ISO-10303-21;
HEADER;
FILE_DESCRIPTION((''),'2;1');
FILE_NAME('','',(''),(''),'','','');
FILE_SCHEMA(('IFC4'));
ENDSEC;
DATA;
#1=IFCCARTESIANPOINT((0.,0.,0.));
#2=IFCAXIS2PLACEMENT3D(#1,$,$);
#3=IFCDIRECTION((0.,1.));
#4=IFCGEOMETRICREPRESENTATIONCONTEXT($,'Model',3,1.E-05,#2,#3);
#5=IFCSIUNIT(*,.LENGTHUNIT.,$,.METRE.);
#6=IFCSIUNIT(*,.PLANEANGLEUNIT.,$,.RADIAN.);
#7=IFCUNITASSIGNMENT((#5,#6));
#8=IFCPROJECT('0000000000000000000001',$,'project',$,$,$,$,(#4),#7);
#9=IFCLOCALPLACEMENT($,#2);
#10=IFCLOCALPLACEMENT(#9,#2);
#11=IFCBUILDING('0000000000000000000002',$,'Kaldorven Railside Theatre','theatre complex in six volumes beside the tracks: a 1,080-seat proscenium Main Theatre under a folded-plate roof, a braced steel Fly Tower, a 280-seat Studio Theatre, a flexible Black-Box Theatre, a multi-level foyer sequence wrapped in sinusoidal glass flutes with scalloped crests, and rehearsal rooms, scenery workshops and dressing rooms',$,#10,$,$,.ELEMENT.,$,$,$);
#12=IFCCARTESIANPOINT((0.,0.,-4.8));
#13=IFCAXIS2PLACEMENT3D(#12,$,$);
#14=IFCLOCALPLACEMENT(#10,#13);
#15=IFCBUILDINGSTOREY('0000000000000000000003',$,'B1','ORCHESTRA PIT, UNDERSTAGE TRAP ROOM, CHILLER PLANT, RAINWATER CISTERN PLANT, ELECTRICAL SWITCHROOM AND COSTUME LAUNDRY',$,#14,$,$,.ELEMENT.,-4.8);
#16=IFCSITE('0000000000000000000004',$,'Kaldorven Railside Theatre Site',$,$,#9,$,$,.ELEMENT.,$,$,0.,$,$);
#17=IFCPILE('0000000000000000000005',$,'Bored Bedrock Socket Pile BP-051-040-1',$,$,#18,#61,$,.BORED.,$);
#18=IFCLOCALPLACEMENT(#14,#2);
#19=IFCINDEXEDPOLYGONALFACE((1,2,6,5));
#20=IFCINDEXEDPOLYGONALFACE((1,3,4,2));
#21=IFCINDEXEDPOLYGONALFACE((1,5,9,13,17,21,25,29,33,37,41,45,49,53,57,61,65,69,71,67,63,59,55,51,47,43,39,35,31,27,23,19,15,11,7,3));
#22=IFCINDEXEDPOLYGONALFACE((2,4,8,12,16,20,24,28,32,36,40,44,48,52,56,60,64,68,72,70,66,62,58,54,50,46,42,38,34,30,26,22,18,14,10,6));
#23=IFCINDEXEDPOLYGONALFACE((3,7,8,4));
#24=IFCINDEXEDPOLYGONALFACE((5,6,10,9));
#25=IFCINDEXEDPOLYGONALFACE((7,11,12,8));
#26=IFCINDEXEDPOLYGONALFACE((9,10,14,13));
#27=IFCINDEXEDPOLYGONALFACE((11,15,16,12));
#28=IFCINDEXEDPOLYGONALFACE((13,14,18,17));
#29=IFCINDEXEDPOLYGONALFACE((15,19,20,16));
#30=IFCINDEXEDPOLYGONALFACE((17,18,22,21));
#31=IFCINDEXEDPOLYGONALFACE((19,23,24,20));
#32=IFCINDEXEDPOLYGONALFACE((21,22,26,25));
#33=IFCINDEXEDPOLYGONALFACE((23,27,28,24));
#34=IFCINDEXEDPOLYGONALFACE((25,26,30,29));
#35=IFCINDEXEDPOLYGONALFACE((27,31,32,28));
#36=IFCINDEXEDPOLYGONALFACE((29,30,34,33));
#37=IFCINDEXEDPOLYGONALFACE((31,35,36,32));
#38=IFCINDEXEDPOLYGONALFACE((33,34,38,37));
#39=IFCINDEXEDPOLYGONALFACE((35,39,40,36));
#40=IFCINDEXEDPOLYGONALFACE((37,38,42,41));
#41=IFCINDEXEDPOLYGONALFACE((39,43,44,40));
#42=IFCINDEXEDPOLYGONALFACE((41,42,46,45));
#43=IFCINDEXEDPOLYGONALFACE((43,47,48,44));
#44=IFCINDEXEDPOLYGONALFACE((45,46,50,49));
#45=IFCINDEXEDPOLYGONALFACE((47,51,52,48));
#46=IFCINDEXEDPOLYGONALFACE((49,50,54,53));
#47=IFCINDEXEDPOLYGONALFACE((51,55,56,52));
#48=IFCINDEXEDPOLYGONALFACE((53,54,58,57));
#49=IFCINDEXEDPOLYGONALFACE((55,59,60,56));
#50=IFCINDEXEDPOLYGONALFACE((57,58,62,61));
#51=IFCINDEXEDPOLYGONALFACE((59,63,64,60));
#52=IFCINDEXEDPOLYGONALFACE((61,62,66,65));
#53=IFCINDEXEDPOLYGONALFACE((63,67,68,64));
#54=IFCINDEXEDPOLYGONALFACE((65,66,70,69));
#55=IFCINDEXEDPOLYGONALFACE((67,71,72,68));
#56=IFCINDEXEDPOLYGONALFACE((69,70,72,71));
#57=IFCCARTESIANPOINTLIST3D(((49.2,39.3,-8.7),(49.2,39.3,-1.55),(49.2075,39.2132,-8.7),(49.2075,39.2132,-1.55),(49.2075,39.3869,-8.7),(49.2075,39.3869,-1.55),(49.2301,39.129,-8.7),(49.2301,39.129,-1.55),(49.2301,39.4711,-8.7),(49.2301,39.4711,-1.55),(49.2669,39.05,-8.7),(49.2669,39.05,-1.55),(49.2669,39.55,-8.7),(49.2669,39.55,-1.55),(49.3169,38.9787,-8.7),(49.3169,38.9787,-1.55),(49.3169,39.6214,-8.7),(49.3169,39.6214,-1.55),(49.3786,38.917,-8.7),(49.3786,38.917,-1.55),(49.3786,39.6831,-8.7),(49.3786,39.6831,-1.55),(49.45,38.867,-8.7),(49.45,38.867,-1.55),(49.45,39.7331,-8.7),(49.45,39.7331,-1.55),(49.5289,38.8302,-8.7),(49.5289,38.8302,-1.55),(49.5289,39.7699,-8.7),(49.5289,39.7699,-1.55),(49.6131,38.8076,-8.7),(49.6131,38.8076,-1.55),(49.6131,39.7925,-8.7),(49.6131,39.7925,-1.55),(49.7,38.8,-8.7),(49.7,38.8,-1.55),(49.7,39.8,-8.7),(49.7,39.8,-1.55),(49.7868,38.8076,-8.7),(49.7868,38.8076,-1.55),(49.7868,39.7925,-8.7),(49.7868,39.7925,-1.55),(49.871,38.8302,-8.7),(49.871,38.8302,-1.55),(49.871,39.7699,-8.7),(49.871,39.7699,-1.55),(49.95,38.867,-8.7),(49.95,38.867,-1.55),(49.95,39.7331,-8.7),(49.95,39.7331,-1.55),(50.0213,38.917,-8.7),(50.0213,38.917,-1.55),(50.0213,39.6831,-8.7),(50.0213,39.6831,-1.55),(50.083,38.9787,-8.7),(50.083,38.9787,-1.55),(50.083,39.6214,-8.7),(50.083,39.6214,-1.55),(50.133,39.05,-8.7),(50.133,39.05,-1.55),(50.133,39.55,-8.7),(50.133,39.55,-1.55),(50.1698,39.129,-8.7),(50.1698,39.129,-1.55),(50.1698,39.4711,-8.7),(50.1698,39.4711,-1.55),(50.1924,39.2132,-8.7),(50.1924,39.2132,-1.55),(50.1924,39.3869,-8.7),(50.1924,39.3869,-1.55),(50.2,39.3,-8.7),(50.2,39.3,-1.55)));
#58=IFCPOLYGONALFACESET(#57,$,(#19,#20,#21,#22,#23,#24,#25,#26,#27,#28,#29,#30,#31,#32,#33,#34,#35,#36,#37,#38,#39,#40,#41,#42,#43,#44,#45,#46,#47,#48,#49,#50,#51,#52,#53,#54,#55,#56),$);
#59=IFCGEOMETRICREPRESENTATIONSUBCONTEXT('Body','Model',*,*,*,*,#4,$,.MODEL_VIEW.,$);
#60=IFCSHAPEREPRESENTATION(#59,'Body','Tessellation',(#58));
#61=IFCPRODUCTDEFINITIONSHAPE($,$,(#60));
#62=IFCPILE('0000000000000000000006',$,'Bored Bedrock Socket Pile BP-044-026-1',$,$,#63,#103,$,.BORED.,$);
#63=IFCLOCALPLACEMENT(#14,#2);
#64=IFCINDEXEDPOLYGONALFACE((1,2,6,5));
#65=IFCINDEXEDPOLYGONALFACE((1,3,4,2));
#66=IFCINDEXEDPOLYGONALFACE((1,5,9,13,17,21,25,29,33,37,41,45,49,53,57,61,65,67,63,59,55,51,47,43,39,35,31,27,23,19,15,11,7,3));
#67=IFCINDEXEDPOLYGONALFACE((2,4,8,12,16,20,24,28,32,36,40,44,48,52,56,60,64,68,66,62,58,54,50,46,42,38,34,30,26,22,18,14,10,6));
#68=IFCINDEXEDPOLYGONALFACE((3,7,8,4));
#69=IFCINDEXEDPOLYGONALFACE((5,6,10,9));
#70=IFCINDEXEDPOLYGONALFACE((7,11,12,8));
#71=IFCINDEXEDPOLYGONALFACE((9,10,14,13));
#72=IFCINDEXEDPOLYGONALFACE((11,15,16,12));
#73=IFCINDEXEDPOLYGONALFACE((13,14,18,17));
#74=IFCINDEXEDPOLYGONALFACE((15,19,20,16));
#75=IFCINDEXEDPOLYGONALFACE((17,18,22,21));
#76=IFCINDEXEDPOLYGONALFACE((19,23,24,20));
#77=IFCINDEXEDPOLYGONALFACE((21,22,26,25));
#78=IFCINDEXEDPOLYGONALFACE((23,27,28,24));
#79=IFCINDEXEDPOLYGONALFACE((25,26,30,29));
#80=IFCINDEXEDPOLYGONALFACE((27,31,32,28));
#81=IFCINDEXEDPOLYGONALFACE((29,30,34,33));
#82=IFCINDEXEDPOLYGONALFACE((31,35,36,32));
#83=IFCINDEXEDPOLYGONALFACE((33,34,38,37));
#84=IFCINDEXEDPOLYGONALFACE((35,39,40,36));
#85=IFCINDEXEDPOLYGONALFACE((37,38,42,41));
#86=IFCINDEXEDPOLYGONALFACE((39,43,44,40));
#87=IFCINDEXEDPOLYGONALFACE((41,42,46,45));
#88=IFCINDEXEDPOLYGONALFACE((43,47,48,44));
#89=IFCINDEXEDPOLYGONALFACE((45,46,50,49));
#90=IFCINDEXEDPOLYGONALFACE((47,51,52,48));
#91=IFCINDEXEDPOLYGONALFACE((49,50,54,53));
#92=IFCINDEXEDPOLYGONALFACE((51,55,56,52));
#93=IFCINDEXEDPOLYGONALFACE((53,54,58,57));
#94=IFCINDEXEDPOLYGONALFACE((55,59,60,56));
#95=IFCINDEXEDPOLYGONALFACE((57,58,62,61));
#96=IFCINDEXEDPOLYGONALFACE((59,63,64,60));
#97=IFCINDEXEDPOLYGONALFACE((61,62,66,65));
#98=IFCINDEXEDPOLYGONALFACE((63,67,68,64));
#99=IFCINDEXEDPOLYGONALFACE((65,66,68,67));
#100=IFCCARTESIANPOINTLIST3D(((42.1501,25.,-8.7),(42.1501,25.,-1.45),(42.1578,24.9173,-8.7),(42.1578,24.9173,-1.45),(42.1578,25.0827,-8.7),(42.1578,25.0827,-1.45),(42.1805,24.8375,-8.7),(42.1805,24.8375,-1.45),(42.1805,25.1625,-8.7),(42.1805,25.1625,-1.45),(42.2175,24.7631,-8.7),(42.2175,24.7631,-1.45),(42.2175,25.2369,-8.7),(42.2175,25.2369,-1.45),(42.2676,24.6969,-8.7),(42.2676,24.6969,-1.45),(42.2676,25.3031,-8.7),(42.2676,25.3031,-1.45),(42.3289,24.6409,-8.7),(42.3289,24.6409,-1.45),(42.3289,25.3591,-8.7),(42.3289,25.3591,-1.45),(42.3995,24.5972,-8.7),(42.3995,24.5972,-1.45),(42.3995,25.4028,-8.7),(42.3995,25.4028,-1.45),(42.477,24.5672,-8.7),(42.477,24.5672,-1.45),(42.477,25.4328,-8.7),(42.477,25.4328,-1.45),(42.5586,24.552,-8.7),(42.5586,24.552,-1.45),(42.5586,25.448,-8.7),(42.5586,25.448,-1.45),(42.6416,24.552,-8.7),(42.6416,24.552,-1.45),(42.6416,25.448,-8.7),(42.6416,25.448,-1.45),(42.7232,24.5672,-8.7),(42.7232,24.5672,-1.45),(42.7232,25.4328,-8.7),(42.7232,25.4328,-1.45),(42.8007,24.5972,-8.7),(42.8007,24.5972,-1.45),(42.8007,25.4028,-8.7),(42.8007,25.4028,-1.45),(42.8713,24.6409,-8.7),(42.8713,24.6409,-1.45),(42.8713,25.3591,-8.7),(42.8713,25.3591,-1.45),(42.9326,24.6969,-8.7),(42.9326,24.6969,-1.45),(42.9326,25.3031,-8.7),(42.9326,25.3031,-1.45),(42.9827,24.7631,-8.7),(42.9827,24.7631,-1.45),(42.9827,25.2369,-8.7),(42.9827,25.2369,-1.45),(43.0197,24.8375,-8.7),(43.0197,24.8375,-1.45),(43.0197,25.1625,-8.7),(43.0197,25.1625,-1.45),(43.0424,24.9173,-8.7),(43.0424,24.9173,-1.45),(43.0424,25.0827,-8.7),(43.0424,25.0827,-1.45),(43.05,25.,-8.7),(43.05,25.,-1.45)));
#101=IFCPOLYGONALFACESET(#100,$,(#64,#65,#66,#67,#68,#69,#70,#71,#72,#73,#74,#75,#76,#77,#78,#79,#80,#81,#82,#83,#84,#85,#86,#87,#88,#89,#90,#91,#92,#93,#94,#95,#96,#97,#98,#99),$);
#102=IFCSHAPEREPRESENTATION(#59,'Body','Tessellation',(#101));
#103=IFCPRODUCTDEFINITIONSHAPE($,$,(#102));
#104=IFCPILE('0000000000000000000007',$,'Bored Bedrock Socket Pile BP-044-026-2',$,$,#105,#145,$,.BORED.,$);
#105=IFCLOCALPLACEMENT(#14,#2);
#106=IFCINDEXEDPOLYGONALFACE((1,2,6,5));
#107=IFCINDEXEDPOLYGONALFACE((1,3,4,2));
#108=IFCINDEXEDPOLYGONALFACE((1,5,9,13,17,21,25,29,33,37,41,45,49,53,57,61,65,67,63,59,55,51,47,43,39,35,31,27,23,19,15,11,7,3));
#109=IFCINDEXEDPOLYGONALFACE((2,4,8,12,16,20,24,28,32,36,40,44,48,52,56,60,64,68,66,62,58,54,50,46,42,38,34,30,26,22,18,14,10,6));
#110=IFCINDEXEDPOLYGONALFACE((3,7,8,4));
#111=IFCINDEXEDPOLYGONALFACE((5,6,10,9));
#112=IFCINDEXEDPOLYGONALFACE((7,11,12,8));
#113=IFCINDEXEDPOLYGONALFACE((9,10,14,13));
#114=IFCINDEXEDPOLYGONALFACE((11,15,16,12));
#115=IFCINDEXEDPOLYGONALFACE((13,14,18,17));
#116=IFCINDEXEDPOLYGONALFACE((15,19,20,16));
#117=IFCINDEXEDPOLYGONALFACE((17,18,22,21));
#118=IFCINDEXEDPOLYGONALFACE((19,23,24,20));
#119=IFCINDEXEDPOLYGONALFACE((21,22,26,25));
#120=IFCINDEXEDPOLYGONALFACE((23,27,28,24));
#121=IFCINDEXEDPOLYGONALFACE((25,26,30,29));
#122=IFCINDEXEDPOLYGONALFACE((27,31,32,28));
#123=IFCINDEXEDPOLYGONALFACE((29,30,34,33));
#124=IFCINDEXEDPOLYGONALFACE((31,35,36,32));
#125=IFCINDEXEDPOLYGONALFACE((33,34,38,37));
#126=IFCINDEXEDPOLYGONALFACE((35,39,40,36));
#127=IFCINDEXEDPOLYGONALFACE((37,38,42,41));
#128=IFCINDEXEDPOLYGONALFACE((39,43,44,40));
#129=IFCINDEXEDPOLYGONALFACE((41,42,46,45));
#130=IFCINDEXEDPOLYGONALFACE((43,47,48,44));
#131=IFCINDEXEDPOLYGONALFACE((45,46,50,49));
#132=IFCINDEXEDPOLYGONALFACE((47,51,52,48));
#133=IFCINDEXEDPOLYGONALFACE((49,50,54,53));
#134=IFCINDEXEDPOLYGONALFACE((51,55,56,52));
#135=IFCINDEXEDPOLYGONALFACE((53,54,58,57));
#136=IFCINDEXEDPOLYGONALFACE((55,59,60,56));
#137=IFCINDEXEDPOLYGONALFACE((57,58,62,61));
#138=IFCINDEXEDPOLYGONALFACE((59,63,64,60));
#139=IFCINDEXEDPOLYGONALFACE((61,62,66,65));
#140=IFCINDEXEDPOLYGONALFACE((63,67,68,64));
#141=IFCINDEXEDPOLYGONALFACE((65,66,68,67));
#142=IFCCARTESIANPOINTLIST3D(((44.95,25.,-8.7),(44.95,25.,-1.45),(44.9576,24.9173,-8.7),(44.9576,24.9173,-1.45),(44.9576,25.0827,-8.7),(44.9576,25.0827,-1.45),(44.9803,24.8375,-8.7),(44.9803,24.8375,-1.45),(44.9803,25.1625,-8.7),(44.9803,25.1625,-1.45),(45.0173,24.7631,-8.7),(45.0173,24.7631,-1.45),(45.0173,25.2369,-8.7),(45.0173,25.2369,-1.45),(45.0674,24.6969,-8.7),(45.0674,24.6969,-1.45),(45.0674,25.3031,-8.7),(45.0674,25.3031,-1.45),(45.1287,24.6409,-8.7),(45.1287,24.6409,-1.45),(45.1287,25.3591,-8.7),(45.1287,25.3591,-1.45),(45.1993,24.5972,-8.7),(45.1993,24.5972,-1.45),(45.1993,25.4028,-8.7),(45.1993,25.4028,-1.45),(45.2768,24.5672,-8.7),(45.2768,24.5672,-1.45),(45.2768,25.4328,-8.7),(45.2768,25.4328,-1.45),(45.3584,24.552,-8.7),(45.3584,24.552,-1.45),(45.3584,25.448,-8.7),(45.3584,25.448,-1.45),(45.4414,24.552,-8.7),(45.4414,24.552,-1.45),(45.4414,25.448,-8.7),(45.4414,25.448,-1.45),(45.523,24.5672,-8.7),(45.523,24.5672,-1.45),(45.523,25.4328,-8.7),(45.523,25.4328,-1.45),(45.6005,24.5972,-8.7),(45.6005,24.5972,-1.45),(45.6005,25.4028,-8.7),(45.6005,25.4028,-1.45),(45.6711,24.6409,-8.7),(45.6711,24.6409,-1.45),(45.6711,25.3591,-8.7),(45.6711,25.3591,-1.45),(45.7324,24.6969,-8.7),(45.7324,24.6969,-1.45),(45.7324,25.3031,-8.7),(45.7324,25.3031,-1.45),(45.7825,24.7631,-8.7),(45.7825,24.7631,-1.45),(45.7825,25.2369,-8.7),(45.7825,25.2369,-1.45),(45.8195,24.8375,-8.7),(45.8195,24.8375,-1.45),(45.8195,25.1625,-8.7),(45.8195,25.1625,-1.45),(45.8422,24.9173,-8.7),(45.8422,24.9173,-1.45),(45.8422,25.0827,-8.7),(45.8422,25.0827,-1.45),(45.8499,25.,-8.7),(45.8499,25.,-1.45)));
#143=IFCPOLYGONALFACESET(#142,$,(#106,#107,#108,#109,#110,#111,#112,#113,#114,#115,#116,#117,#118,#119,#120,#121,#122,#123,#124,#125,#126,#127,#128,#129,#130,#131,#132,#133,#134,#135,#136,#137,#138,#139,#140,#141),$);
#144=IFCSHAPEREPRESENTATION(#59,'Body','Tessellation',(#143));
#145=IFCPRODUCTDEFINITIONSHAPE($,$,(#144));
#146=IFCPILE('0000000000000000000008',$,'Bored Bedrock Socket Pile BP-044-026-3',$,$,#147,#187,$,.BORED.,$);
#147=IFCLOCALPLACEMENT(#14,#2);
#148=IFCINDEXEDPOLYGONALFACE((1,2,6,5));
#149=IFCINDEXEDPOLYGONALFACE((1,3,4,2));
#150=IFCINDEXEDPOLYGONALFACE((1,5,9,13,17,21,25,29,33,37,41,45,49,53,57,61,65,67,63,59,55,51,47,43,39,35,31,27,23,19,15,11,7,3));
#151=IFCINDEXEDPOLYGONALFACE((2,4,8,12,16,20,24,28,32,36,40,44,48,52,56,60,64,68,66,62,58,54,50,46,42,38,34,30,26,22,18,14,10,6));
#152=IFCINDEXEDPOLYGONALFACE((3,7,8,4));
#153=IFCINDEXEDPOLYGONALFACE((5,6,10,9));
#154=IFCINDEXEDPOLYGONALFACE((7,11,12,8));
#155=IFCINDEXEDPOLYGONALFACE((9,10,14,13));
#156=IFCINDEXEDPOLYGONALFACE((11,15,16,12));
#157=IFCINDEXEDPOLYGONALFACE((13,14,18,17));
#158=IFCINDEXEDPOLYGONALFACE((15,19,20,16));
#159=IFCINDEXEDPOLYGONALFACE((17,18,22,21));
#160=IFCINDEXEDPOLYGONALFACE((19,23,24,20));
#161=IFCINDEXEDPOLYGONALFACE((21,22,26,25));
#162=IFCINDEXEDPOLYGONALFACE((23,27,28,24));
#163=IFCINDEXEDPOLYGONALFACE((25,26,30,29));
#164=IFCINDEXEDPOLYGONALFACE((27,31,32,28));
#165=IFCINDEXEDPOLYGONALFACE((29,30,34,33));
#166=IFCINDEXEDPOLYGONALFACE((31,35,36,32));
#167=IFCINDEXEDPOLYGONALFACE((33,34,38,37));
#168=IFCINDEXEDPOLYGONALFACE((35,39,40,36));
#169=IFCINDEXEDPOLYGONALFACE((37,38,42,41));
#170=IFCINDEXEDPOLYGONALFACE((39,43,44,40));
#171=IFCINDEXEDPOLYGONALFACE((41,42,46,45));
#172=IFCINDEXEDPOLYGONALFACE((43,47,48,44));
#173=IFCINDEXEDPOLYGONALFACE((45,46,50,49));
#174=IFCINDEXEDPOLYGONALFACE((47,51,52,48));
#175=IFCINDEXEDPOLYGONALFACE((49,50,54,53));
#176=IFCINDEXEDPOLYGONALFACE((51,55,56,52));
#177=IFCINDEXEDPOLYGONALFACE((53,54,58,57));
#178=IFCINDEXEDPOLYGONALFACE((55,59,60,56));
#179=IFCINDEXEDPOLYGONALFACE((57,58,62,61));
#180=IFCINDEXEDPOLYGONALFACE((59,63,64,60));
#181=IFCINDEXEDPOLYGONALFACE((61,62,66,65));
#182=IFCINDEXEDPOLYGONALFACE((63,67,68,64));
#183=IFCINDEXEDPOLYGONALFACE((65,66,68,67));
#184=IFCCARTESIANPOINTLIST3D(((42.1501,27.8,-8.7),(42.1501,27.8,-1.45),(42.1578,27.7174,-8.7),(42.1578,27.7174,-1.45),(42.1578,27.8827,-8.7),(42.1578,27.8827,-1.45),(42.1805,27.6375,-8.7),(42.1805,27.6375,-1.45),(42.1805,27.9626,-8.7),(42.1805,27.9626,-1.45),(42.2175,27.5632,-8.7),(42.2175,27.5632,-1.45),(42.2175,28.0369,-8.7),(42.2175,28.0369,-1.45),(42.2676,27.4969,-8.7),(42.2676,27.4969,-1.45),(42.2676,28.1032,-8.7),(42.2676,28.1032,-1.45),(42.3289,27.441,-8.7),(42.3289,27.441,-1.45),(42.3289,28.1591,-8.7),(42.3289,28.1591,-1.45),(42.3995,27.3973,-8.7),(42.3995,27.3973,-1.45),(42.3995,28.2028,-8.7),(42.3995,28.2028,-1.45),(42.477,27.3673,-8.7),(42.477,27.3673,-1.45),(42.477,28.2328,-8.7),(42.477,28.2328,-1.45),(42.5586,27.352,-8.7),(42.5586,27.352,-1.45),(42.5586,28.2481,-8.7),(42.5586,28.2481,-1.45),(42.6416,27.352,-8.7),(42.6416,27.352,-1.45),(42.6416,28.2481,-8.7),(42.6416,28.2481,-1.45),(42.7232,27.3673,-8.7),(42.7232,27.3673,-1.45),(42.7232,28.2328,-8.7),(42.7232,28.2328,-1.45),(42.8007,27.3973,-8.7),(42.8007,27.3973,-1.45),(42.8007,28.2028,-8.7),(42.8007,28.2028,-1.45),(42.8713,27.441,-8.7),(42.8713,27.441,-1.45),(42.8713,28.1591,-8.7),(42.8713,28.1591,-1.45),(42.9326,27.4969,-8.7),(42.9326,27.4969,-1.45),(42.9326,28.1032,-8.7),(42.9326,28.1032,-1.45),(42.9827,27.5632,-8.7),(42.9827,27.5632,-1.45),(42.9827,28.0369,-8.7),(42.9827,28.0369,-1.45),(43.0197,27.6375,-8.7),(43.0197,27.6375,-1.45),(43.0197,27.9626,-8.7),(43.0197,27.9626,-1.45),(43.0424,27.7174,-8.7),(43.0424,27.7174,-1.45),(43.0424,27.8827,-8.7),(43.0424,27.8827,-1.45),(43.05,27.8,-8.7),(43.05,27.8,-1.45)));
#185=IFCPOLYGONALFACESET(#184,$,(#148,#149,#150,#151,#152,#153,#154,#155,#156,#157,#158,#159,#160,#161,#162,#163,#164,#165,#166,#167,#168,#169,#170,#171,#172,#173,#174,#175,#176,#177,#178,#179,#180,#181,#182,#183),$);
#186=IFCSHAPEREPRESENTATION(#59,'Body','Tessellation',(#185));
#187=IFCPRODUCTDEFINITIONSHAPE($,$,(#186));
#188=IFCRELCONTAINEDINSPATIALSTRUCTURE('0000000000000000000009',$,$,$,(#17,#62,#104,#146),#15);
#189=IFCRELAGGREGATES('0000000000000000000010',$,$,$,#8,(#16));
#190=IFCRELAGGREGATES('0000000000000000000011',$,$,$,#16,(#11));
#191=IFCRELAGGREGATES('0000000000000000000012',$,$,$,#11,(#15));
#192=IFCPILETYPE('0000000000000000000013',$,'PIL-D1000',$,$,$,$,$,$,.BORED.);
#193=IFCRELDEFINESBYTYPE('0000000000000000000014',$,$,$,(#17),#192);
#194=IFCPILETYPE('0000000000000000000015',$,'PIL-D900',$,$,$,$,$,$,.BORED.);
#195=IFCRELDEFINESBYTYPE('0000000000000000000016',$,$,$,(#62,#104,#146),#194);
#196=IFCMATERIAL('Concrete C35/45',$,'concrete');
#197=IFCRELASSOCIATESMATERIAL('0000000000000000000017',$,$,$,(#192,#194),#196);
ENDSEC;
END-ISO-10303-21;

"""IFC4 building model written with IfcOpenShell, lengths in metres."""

from ifc_helpers import new_model, si_unit, direction, frame, origin, origin_2d, place, context, subcontext, project, spatial, circle, extrude, material, material_profile, profile_set, type_object, element, save


model = new_model("IFC4")

# Units and contexts
model_context = context("Model", 3, precision=1e-05, world=origin(), true_north=direction((0.0, 1.0)))
body_context = subcontext(model_context, "Body", "Model", "MODEL_VIEW")
ifc_project = project(units=[si_unit("LENGTHUNIT", "METRE"), si_unit("PLANEANGLEUNIT", "RADIAN")], contexts=[model_context])

# Site, building, storey
site_placement = place(None, origin())
site = spatial("IfcSite", under=ifc_project, at=site_placement, Name="Kaldorven Railside Theatre Site", CompositionType="ELEMENT", RefElevation=0.0)
building_placement = place(site_placement, origin())
building = spatial("IfcBuilding", under=site, at=building_placement, Name="Kaldorven Railside Theatre", Description="theatre complex in six volumes beside the tracks: a 1,080-seat proscenium Main Theatre under a folded-plate roof, a braced steel Fly Tower, a 280-seat Studio Theatre, a flexible Black-Box Theatre, a multi-level foyer sequence wrapped in sinusoidal glass flutes with scalloped crests, and rehearsal rooms, scenery workshops and dressing rooms", CompositionType="ELEMENT")
storey_placement = place(building_placement, frame((0.0, 0.0, -4.8)))
storey = spatial("IfcBuildingStorey", under=building, at=storey_placement, Name="B1", Description="ORCHESTRA PIT, UNDERSTAGE TRAP ROOM, CHILLER PLANT, RAINWATER CISTERN PLANT, ELECTRICAL SWITCHROOM AND COSTUME LAUNDRY", CompositionType="ELEMENT", Elevation=-4.8)

# Piles
ifc_material_1 = material(Name="Concrete C35/45", Category="concrete")
ifc_material_profile_1 = material_profile(ifc_material_1, circle(Radius=0.5, at=origin_2d()), Name="BP D1000")
ifc_profile_set_1 = profile_set([ifc_material_profile_1], Name="Concrete C35/45")
pile_type_1 = type_object("IfcPileType", Name="PIL-D1000", PredefinedType="BORED", material=ifc_profile_set_1)
for number, where, z_axis, x_axis, name in (
    (1, (49.7, 39.3, -1.55), (0.0, 0.0, -1.0), (1.0, 0.0, 0.0), "Bored Bedrock Socket Pile BP-051-040-1"),
):
    element("IfcPile", number, at=place(storey_placement, frame(where, z_axis=z_axis, x_axis=x_axis)), inside=storey, type_object=pile_type_1, Name=name, PredefinedType="BORED", context=body_context, shape_type="SweptSolid", body=[
        extrude(circle(Radius=0.5, at=origin_2d()), origin(), (0.0, 0.0, 1.0), 7.1499),
    ])
ifc_material_profile_2 = material_profile(ifc_material_1, circle(Radius=0.45, at=origin_2d()), Name="BP D900")
ifc_profile_set_2 = profile_set([ifc_material_profile_2], Name="Concrete C35/45")
pile_type_2 = type_object("IfcPileType", Name="PIL-D900", PredefinedType="BORED", material=ifc_profile_set_2)
for number, where, z_axis, x_axis, name in (
    (2, (42.6001, 25.0, -1.45), (0.0, 0.0, -1.0), (1.0, 0.0, 0.0), "Bored Bedrock Socket Pile BP-044-026-1"),
    (3, (45.3999, 25.0, -1.45), (0.0, 0.0, -1.0), (1.0, 0.0, 0.0), "Bored Bedrock Socket Pile BP-044-026-2"),
    (4, (42.6001, 27.8, -1.45), (0.0, 0.0, -1.0), (1.0, 0.0, 0.0), "Bored Bedrock Socket Pile BP-044-026-3"),
):
    element("IfcPile", number, at=place(storey_placement, frame(where, z_axis=z_axis, x_axis=x_axis)), inside=storey, type_object=pile_type_2, Name=name, PredefinedType="BORED", context=body_context, shape_type="SweptSolid", body=[
        extrude(circle(Radius=0.45, at=origin_2d()), origin(), (0.0, 0.0, 1.0), 7.25),
    ])

save(model, "model.ifc")
